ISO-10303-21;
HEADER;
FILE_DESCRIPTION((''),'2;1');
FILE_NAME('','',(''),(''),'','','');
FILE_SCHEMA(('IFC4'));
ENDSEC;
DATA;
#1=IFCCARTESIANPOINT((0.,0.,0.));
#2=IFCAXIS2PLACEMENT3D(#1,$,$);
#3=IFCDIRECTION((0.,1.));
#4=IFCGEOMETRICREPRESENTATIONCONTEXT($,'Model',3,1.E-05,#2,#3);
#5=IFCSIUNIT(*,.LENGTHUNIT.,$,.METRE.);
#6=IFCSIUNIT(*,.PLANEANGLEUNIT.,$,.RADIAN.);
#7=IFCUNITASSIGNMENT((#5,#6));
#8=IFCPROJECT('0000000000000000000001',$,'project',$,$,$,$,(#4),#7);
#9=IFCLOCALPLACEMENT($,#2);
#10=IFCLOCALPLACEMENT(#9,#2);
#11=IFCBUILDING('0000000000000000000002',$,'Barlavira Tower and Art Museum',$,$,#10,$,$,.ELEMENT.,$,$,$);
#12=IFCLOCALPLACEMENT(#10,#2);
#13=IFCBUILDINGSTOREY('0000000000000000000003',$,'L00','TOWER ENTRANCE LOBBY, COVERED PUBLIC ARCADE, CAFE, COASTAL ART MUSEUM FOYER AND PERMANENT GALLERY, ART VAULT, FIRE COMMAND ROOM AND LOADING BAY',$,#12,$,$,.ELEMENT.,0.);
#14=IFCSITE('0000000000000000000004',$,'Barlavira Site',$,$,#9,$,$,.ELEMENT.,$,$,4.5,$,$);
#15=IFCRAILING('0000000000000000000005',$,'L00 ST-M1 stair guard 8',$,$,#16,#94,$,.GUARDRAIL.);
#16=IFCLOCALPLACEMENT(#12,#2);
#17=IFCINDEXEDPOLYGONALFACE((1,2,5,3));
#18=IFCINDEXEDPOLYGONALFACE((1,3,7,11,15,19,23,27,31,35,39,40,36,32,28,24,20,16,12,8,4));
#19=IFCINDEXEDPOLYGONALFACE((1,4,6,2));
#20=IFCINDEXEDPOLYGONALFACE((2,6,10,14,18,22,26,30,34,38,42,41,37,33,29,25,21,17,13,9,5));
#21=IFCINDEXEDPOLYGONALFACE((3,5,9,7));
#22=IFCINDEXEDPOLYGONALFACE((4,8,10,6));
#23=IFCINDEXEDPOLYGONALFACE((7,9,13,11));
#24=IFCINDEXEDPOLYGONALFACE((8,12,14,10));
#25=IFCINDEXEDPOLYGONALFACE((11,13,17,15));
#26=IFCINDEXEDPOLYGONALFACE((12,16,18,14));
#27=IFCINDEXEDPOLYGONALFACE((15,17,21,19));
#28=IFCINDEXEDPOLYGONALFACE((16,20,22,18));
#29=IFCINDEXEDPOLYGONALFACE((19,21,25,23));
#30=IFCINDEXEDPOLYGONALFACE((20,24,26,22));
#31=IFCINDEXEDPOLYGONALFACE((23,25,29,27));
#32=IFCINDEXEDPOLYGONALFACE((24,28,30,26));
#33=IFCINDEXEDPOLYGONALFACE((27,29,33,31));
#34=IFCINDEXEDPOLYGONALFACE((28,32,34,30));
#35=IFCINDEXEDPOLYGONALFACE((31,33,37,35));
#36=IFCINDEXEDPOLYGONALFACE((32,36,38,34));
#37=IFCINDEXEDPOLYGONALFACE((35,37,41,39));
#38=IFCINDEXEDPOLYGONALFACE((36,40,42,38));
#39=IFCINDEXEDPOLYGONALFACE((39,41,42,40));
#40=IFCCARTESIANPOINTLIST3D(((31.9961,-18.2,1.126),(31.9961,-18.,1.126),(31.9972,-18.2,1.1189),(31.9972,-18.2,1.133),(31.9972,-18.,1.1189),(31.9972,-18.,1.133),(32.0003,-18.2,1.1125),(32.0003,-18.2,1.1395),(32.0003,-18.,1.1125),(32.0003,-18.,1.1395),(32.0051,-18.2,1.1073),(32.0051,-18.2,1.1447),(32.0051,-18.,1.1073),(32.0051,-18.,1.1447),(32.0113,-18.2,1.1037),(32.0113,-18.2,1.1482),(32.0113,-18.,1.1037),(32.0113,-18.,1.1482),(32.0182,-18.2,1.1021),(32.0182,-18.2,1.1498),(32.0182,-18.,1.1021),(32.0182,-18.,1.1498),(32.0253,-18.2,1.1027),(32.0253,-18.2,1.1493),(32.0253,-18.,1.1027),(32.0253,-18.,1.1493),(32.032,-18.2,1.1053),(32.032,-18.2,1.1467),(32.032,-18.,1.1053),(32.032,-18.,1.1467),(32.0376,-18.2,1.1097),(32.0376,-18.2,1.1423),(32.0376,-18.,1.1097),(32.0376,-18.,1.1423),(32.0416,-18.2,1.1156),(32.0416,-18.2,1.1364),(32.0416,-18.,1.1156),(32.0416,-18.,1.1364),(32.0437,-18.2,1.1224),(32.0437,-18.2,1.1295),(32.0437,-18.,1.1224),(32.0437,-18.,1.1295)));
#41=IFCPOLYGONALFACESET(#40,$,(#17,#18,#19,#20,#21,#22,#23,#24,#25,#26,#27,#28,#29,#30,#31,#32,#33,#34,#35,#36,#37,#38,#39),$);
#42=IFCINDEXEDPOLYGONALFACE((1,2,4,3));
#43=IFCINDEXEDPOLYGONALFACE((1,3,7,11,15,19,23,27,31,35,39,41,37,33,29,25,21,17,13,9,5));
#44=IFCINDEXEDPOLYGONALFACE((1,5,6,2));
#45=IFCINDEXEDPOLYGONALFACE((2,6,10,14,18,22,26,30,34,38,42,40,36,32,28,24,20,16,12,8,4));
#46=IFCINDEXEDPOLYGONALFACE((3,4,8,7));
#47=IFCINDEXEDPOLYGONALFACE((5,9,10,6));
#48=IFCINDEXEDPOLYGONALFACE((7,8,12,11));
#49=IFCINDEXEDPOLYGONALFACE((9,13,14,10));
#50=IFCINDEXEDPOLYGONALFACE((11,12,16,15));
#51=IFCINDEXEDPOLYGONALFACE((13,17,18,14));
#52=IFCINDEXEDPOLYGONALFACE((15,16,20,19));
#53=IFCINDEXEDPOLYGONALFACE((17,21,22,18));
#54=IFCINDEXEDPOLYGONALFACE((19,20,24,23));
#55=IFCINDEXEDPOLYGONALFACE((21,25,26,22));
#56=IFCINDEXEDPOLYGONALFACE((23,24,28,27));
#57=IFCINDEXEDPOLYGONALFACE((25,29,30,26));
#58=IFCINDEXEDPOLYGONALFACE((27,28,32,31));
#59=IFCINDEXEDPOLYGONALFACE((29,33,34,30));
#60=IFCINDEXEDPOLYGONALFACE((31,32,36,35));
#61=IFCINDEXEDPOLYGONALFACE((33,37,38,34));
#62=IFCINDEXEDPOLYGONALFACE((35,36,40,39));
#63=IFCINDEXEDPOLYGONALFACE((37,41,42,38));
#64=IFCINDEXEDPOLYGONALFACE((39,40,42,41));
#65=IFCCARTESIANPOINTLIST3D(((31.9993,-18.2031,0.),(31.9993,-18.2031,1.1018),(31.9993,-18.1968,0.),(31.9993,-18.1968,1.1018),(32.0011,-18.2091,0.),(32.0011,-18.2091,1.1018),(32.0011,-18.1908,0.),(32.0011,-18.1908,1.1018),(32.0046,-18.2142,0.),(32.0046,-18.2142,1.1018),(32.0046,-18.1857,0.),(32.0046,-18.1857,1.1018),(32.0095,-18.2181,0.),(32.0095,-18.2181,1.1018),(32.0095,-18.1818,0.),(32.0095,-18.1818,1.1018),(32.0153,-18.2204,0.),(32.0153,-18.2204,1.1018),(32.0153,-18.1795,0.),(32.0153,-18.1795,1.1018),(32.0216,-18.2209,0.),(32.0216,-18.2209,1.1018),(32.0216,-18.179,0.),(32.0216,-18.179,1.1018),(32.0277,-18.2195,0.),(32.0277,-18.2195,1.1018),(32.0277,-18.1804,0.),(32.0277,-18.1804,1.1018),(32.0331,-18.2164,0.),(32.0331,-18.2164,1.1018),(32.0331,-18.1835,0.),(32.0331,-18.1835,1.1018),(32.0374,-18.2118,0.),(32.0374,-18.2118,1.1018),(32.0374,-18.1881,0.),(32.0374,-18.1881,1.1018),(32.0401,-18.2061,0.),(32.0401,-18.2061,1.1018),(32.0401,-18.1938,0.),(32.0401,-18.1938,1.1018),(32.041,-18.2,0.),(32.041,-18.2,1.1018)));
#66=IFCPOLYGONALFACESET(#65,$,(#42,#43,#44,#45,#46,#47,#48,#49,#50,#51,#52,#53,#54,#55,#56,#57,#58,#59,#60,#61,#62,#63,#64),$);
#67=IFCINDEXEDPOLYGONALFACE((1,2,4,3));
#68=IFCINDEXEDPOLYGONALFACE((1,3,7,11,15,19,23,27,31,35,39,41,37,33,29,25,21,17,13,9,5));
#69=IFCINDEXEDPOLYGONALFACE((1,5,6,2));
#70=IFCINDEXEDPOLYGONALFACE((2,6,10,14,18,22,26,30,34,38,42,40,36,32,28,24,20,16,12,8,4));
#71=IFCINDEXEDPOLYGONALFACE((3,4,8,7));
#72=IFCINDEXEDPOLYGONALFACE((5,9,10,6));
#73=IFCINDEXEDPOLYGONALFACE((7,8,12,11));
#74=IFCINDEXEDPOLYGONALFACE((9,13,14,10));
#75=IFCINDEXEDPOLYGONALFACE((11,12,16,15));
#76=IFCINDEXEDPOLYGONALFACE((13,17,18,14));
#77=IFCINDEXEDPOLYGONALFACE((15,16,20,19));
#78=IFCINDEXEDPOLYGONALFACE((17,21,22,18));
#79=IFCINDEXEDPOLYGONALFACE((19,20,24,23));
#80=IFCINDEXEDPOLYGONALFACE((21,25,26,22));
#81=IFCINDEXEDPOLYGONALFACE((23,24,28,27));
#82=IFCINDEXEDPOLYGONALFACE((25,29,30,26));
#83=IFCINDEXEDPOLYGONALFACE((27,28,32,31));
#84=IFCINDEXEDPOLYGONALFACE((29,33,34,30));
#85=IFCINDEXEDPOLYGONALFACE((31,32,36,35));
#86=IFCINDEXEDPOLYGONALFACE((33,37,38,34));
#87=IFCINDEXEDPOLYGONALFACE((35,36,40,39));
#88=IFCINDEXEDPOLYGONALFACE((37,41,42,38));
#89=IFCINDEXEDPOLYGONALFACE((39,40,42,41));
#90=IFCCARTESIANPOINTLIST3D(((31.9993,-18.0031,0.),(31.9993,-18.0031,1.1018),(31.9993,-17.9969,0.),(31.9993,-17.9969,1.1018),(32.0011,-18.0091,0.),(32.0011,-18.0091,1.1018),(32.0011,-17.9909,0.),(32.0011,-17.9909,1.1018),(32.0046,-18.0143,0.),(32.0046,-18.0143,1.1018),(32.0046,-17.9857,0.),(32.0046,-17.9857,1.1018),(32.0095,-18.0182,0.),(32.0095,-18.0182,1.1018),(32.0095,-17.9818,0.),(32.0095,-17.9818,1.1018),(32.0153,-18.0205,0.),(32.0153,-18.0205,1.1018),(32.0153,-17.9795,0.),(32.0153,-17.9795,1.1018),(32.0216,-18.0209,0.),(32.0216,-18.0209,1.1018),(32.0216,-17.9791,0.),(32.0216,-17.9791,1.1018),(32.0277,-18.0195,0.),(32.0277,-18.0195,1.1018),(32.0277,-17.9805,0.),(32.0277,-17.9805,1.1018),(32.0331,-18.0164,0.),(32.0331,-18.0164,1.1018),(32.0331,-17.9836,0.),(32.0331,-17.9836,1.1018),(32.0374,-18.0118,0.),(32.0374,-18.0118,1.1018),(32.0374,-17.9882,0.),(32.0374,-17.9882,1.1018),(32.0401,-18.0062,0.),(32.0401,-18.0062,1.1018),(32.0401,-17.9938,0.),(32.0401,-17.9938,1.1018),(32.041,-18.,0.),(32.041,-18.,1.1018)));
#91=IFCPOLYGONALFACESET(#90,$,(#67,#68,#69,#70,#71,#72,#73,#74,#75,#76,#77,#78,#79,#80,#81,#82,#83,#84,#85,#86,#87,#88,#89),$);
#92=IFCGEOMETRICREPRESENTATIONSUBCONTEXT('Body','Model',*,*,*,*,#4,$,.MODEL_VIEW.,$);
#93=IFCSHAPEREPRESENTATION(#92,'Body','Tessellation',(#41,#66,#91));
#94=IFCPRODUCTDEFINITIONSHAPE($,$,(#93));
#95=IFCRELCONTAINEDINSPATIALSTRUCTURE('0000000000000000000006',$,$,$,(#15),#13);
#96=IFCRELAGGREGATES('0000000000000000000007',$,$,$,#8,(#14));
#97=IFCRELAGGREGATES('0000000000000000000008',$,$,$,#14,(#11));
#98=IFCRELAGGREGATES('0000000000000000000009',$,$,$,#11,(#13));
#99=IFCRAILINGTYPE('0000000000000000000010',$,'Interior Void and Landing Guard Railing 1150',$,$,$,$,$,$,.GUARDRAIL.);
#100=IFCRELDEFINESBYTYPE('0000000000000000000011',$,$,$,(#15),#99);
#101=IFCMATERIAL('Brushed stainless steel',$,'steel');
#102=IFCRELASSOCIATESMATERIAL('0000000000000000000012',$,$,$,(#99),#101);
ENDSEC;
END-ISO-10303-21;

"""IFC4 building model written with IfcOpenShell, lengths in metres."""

from ifc_helpers import new_model, si_unit, direction, frame, origin, origin_2d, place, context, subcontext, project, spatial, circle, extrude, material, type_object, element, save


model = new_model("IFC4")

# Units and contexts
model_context = context("Model", 3, precision=1e-05, world=origin(), true_north=direction((0.0, 1.0)))
body_context = subcontext(model_context, "Body", "Model", "MODEL_VIEW")
ifc_project = project(units=[si_unit("LENGTHUNIT", "METRE"), si_unit("PLANEANGLEUNIT", "RADIAN")], contexts=[model_context])

# Site, building, storey
site_placement = place(None, origin())
site = spatial("IfcSite", under=ifc_project, at=site_placement, Name="Barlavira Site", CompositionType="ELEMENT", RefElevation=4.5)
building_placement = place(site_placement, origin())
building = spatial("IfcBuilding", under=site, at=building_placement, Name="Barlavira Tower and Art Museum", CompositionType="ELEMENT")
storey_placement = place(building_placement, origin())
storey = spatial("IfcBuildingStorey", under=building, at=storey_placement, Name="L00", Description="TOWER ENTRANCE LOBBY, COVERED PUBLIC ARCADE, CAFE, COASTAL ART MUSEUM FOYER AND PERMANENT GALLERY, ART VAULT, FIRE COMMAND ROOM AND LOADING BAY", CompositionType="ELEMENT", Elevation=0.0)

# Shared definitions
ifc_material_1 = material(Name="Brushed stainless steel", Category="steel")

# Railing
railing_type_1 = type_object("IfcRailingType", Name="Interior Void and Landing Guard Railing 1150", PredefinedType="GUARDRAIL", material=ifc_material_1)
railing_1_placement = place(storey_placement, frame((32.02, -18.2, 0.0)))
element("IfcRailing", 1, at=railing_1_placement, inside=storey, type_object=railing_type_1, Name="L00 ST-M1 stair guard 8", PredefinedType="GUARDRAIL", context=body_context, shape_type="SweptSolid", body=[
    extrude(circle(Radius=0.0239, at=origin_2d()), frame((0.0, 0.0, 1.126), z_axis=(0.0, 1.0, 0.0), x_axis=(-1.0, 0.0, 0.0)), (0.0, 0.0, 1.0), 0.2),
    extrude(circle(Radius=0.021, at=origin_2d()), origin(), (0.0, 0.0, 1.0), 1.1018),
    extrude(circle(Radius=0.021, at=origin_2d()), frame((0.0, 0.2, 0.0)), (0.0, 0.0, 1.0), 1.1018),
])

save(model, "model.ifc")
